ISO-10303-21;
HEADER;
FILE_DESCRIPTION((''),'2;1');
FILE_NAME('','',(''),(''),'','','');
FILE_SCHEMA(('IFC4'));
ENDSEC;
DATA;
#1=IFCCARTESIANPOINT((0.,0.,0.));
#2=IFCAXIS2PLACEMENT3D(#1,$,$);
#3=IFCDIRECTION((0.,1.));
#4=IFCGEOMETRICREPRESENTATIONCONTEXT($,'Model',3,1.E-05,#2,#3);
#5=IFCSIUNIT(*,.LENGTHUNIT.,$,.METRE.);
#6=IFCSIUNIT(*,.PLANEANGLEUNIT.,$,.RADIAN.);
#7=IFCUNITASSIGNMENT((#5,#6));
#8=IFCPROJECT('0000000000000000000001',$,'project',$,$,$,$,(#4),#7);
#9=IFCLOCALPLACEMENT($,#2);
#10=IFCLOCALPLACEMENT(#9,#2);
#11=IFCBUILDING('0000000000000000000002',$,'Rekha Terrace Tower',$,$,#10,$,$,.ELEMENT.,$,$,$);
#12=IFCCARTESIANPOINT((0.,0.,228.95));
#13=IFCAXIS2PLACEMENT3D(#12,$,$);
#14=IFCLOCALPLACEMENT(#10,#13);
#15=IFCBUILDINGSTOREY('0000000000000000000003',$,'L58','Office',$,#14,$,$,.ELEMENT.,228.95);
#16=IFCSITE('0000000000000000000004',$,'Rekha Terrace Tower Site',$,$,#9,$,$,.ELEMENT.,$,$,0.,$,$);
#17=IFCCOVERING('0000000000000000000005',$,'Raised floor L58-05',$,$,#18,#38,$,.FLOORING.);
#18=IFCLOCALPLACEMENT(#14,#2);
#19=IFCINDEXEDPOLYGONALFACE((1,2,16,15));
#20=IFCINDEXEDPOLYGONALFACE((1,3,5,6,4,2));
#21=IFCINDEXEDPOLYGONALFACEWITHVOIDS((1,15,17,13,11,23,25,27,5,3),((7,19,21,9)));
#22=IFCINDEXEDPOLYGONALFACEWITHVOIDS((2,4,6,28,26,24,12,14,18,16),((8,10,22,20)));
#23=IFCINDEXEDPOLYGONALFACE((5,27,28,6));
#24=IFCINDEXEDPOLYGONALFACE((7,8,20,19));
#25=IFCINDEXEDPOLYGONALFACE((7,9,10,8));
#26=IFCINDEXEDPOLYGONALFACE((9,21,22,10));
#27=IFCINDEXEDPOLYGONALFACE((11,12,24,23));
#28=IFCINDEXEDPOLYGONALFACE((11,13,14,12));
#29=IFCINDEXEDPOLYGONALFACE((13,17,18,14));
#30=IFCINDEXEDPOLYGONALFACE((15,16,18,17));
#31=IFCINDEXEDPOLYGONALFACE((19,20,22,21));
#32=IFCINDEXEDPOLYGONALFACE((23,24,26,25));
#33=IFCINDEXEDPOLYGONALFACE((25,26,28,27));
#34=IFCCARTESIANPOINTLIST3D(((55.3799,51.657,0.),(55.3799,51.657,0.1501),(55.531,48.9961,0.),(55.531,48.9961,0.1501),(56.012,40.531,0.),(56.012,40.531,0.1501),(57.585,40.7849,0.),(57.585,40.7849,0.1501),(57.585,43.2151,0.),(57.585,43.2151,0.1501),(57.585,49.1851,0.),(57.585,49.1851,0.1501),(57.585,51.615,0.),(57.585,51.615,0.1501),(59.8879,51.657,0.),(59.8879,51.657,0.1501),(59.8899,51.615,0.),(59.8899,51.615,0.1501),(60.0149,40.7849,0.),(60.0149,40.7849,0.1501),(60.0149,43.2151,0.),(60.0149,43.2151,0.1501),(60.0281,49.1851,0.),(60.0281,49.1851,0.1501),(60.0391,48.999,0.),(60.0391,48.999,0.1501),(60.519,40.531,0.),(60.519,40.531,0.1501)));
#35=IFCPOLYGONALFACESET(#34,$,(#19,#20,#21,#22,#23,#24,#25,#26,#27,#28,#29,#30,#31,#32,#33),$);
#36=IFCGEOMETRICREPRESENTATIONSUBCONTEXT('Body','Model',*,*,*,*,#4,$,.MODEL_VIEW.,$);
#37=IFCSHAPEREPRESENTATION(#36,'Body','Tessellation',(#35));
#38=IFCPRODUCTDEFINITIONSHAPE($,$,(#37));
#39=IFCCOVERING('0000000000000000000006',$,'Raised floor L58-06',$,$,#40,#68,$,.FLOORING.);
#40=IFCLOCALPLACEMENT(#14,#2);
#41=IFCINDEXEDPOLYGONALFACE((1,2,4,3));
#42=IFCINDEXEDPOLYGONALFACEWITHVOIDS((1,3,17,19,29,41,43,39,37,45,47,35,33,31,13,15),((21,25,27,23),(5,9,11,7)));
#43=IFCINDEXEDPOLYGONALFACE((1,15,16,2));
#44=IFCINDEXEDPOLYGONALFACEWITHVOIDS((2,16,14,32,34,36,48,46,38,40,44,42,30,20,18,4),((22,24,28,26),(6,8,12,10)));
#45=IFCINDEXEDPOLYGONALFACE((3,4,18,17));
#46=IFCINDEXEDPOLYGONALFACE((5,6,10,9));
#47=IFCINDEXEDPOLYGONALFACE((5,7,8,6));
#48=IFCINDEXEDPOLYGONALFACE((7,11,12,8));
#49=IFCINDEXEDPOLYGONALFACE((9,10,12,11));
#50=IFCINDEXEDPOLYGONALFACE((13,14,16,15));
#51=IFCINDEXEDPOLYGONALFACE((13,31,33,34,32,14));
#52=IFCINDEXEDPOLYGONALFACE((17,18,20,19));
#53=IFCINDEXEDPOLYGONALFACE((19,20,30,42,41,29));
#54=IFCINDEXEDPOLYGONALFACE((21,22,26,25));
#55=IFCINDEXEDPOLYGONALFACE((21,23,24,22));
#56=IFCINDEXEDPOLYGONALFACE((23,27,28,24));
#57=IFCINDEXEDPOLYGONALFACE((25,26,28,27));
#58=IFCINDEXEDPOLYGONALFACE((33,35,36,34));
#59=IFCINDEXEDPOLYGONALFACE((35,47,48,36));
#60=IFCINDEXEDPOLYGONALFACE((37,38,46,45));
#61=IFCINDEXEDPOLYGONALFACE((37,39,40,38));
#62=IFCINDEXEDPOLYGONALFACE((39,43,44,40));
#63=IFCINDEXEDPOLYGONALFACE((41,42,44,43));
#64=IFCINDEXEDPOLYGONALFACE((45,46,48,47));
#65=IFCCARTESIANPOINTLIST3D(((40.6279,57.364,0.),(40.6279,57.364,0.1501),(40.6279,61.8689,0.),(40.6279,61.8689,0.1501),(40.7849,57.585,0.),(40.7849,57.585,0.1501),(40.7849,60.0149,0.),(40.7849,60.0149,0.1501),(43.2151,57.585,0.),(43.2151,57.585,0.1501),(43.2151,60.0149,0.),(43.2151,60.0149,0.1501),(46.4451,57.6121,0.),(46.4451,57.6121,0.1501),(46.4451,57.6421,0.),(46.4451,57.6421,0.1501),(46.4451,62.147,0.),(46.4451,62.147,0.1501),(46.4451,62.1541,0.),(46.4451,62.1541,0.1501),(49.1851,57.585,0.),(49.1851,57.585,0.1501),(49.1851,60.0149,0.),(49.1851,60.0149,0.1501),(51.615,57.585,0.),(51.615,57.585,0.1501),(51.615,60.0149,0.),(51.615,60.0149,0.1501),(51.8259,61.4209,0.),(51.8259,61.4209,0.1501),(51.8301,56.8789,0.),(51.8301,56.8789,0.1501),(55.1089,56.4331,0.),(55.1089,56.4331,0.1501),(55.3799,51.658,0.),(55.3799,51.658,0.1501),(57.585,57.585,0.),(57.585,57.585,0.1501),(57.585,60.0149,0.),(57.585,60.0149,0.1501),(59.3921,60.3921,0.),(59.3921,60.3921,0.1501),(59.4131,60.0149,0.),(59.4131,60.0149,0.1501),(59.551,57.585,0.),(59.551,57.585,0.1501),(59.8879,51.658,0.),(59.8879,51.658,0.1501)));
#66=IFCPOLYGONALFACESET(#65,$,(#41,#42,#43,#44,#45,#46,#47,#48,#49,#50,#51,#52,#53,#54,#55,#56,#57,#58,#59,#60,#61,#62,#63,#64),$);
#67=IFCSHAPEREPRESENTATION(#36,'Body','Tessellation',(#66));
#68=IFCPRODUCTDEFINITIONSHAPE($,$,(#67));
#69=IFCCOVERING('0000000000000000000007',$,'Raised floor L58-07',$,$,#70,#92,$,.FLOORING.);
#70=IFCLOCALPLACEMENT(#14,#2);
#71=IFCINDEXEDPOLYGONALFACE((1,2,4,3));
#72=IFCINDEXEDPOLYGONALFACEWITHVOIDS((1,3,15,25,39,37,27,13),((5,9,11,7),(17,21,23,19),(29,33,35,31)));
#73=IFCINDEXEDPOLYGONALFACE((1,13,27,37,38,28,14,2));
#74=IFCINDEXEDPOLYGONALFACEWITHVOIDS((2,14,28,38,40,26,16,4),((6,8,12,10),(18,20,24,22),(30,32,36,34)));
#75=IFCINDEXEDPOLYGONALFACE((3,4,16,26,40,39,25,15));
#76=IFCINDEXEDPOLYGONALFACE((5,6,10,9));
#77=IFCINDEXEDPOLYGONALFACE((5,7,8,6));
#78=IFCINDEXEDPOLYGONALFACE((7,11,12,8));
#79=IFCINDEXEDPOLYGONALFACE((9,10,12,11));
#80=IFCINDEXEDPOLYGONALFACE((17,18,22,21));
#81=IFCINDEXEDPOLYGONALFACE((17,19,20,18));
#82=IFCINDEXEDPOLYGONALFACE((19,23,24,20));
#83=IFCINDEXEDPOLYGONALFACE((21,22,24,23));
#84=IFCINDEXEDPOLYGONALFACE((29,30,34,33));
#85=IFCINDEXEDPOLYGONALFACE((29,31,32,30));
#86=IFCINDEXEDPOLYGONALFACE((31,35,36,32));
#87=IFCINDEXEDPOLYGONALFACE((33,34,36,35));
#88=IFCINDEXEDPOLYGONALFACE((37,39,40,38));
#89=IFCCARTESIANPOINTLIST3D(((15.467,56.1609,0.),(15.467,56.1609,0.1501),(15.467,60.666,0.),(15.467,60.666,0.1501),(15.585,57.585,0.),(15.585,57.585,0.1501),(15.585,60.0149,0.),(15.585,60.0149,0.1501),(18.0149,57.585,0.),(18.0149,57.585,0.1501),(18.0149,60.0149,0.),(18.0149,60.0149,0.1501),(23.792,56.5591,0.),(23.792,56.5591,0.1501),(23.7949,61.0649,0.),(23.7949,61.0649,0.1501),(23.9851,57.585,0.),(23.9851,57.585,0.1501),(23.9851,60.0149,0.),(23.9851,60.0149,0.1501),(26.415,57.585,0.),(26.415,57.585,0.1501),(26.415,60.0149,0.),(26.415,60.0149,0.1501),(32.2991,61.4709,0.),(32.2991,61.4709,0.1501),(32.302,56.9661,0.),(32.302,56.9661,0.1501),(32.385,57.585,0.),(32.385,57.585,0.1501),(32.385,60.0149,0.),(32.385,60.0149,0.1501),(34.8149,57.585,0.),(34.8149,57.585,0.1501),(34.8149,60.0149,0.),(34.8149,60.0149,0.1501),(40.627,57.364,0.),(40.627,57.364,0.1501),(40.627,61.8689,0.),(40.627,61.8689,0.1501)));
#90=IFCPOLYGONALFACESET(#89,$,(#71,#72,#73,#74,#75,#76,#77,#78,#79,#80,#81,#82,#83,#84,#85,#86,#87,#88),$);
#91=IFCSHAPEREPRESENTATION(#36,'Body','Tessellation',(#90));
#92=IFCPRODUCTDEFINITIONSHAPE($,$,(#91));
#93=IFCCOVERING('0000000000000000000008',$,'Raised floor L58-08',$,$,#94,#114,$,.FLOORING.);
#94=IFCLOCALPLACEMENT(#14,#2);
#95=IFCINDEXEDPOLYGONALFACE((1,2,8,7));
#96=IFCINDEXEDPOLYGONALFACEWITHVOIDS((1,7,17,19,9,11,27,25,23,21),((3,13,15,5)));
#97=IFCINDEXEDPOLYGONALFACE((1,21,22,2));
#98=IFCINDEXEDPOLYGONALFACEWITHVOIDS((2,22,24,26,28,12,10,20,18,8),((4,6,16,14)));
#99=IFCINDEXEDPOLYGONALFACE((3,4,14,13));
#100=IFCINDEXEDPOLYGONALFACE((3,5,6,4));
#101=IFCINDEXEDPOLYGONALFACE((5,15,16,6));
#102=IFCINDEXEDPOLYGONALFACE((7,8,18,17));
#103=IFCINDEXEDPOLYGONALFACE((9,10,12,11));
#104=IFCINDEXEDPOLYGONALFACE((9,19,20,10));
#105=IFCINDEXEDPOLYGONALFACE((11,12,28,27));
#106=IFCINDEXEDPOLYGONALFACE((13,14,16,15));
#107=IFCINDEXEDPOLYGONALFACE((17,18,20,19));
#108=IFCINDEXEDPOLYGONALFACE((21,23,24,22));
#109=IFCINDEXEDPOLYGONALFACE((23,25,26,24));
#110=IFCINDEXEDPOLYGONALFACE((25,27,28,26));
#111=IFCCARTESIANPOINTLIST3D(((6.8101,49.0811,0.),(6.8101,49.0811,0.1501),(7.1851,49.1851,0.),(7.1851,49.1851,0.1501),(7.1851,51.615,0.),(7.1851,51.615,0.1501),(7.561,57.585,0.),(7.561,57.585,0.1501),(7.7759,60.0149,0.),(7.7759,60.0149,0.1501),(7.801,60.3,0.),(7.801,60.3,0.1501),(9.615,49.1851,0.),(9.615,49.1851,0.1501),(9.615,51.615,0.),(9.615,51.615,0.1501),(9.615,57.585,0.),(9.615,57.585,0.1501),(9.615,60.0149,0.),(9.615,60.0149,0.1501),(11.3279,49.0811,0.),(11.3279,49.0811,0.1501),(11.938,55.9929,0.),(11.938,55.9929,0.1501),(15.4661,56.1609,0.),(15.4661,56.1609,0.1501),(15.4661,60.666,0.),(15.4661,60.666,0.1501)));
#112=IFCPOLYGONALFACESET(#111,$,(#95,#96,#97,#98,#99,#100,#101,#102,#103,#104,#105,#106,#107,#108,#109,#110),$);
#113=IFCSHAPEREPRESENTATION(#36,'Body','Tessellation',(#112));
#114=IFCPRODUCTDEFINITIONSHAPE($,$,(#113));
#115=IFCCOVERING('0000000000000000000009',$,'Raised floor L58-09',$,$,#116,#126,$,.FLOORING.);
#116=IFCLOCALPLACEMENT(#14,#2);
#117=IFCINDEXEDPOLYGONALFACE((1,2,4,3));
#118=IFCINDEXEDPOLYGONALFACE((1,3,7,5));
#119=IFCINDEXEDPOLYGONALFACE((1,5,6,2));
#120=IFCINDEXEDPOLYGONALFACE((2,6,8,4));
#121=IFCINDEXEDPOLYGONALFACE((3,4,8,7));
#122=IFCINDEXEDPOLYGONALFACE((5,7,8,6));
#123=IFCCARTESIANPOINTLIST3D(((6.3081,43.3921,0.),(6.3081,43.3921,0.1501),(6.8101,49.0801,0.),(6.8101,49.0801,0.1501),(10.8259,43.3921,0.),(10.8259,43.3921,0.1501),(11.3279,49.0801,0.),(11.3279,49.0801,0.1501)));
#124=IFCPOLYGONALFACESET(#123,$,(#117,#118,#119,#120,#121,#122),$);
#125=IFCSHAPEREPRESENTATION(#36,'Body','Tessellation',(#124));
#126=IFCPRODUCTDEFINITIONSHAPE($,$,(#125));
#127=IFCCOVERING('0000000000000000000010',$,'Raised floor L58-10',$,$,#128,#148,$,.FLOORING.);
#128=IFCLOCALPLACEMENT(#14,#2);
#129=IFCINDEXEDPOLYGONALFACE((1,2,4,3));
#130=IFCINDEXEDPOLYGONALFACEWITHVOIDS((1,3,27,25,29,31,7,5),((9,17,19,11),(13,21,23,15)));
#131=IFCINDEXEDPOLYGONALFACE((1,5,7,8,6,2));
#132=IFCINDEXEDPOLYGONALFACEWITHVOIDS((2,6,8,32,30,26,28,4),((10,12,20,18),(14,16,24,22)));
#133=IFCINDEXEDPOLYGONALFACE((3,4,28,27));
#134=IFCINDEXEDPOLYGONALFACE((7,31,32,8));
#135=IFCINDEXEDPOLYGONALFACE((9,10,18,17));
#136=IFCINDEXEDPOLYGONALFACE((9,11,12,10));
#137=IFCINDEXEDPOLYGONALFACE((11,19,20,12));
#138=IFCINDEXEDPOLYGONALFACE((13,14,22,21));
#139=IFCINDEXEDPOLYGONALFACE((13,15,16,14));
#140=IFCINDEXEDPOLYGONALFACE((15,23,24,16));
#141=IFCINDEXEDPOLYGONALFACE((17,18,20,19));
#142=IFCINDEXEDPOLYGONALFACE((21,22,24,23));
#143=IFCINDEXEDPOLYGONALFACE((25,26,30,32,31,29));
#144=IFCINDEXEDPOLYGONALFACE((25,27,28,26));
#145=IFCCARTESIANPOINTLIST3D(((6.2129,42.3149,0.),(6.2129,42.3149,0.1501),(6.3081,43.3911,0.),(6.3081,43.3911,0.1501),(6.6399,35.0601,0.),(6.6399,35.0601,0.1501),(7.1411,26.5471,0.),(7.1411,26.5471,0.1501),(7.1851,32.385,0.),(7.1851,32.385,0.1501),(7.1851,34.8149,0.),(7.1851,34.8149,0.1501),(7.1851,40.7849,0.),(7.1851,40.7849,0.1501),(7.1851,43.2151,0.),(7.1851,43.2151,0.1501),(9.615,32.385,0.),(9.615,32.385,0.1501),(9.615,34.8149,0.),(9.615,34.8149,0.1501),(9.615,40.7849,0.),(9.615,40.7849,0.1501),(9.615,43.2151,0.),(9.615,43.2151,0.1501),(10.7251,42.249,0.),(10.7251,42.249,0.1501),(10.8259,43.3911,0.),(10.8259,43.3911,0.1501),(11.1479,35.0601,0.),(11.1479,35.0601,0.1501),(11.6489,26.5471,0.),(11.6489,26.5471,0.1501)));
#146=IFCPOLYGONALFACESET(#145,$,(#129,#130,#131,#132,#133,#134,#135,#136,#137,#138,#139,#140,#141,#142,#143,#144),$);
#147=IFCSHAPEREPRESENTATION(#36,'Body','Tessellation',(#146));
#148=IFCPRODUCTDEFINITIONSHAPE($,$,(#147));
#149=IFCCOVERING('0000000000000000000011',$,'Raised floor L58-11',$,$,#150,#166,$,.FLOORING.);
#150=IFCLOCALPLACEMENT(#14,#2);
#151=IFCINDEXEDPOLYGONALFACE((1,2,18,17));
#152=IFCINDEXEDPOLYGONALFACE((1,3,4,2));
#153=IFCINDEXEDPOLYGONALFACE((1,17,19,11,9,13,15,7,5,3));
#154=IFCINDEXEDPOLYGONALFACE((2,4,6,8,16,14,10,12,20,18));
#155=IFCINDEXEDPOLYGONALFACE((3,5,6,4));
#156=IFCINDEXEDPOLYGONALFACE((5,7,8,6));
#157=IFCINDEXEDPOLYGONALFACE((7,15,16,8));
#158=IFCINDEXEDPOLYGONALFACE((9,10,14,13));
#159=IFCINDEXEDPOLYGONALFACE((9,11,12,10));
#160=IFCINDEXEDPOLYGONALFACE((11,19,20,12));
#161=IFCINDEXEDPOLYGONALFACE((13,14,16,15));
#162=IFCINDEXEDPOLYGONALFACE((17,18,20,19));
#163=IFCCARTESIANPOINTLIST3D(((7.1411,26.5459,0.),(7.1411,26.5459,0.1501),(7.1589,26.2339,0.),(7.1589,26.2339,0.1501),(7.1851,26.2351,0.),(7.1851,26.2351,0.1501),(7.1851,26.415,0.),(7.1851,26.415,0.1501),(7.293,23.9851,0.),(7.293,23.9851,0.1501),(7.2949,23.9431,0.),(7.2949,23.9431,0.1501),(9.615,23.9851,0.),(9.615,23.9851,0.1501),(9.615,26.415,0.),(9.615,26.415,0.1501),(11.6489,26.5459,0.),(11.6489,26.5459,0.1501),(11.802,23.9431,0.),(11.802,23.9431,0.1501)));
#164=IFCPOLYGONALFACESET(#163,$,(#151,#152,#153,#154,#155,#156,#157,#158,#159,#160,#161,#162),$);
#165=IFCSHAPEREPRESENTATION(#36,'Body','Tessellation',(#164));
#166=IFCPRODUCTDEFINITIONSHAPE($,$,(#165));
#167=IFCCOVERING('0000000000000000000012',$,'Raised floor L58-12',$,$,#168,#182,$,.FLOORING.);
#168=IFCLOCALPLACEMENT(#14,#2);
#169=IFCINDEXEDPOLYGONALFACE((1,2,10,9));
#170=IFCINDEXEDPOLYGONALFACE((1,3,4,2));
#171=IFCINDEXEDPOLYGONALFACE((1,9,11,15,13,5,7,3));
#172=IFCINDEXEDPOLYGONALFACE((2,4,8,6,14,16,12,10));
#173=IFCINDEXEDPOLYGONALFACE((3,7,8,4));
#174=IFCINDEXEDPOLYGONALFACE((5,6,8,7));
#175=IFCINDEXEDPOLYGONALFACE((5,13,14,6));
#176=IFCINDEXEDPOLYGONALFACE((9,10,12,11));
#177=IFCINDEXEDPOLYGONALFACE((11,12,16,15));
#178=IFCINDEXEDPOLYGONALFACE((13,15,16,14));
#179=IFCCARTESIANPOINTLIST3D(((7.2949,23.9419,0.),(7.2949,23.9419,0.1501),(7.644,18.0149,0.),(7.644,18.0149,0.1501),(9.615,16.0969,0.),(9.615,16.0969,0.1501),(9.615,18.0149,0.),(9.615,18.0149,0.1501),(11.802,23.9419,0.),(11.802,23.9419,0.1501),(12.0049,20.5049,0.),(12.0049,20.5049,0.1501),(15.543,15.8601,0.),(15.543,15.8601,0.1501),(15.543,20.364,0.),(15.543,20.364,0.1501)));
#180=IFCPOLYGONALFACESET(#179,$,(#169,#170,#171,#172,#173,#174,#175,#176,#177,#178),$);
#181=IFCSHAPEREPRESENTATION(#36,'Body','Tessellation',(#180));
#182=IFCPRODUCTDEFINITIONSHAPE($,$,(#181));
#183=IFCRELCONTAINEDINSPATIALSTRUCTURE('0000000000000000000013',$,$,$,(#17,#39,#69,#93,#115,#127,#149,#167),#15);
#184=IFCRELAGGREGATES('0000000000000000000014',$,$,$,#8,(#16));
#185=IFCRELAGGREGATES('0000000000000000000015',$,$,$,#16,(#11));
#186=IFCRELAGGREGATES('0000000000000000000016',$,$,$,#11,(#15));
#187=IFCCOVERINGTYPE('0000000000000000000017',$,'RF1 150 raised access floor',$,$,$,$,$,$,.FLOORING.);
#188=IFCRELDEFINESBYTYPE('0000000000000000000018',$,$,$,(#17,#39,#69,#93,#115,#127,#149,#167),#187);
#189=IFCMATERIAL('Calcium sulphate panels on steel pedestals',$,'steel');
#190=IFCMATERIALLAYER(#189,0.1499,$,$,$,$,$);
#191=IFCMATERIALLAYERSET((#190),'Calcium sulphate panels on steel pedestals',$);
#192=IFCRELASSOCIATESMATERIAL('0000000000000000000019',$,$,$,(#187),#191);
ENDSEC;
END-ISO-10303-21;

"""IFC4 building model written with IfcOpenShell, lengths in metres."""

from ifc_helpers import new_model, si_unit, direction, frame, origin, place, context, subcontext, project, spatial, polyline, outline, extrude, material, layer, layer_set, type_object, element, save


model = new_model("IFC4")

# Units and contexts
model_context = context("Model", 3, precision=1e-05, world=origin(), true_north=direction((0.0, 1.0)))
body_context = subcontext(model_context, "Body", "Model", "MODEL_VIEW")
ifc_project = project(units=[si_unit("LENGTHUNIT", "METRE"), si_unit("PLANEANGLEUNIT", "RADIAN")], contexts=[model_context])

# Site, building, storey
site_placement = place(None, origin())
site = spatial("IfcSite", under=ifc_project, at=site_placement, Name="Rekha Terrace Tower Site", CompositionType="ELEMENT", RefElevation=0.0)
building_placement = place(site_placement, origin())
building = spatial("IfcBuilding", under=site, at=building_placement, Name="Rekha Terrace Tower", CompositionType="ELEMENT")
storey_placement = place(building_placement, frame((0.0, 0.0, 228.95)))
storey = spatial("IfcBuildingStorey", under=building, at=storey_placement, Name="L58", Description="Office", CompositionType="ELEMENT", Elevation=228.95)

# Coverings
ifc_material_1 = material(Name="Calcium sulphate panels on steel pedestals", Category="steel")
ifc_layer_1 = layer(ifc_material_1, 0.1499)
ifc_layer_set_1 = layer_set([ifc_layer_1], Name="Calcium sulphate panels on steel pedestals")
covering_type_1 = type_object("IfcCoveringType", Name="RF1 150 raised access floor", PredefinedType="FLOORING", material=ifc_layer_set_1)
covering_1_placement = place(storey_placement, origin())
element("IfcCovering", 1, at=covering_1_placement, inside=storey, type_object=covering_type_1, Name="Raised floor L58-05", PredefinedType="FLOORING", context=body_context, shape_type="SweptSolid", body=[
    extrude(outline(polyline([(59.8899, 51.615), (59.8879, 51.657), (55.3799, 51.657), (55.531, 48.9961), (56.012, 40.531), (60.519, 40.531), (60.0391, 48.999), (60.0281, 49.1851), (57.585, 49.1851), (57.585, 51.615), (59.8899, 51.615)]), holes=[polyline([(60.0149, 40.7849), (57.585, 40.7849), (57.585, 43.2151), (60.0149, 43.2151), (60.0149, 40.7849)])]), origin(), (0.0, 0.0, 1.0), 0.1501),
])
covering_2_placement = place(storey_placement, origin())
element("IfcCovering", 2, at=covering_2_placement, inside=storey, type_object=covering_type_1, Name="Raised floor L58-06", PredefinedType="FLOORING", context=body_context, shape_type="SweptSolid", body=[
    extrude(outline(polyline([(40.6279, 61.8689), (40.6279, 57.364), (46.4451, 57.6421), (46.4451, 57.6121), (51.8301, 56.8789), (55.1089, 56.4331), (55.3799, 51.658), (59.8879, 51.658), (59.551, 57.585), (57.585, 57.585), (57.585, 60.0149), (59.4131, 60.0149), (59.3921, 60.3921), (51.8259, 61.4209), (46.4451, 62.1541), (46.4451, 62.147), (40.6279, 61.8689)]), holes=[polyline([(51.615, 57.585), (49.1851, 57.585), (49.1851, 60.0149), (51.615, 60.0149), (51.615, 57.585)]), polyline([(43.2151, 60.0149), (43.2151, 57.585), (40.7849, 57.585), (40.7849, 60.0149), (43.2151, 60.0149)])]), origin(), (0.0, 0.0, 1.0), 0.1501),
])
covering_3_placement = place(storey_placement, origin())
element("IfcCovering", 3, at=covering_3_placement, inside=storey, type_object=covering_type_1, Name="Raised floor L58-07", PredefinedType="FLOORING", context=body_context, shape_type="SweptSolid", body=[
    extrude(outline(polyline([(32.2991, 61.4709), (23.7949, 61.0649), (15.467, 60.666), (15.467, 56.1609), (23.792, 56.5591), (32.302, 56.9661), (40.627, 57.364), (40.627, 61.8689), (32.2991, 61.4709)]), holes=[polyline([(34.8149, 57.585), (32.385, 57.585), (32.385, 60.0149), (34.8149, 60.0149), (34.8149, 57.585)]), polyline([(26.415, 57.585), (23.9851, 57.585), (23.9851, 60.0149), (26.415, 60.0149), (26.415, 57.585)]), polyline([(18.0149, 60.0149), (18.0149, 57.585), (15.585, 57.585), (15.585, 60.0149), (18.0149, 60.0149)])]), origin(), (0.0, 0.0, 1.0), 0.1501),
])
covering_4_placement = place(storey_placement, origin())
element("IfcCovering", 4, at=covering_4_placement, inside=storey, type_object=covering_type_1, Name="Raised floor L58-08", PredefinedType="FLOORING", context=body_context, shape_type="SweptSolid", body=[
    extrude(outline(polyline([(7.561, 57.585), (6.8101, 49.0811), (11.3279, 49.0811), (11.938, 55.9929), (15.4661, 56.1609), (15.4661, 60.666), (7.801, 60.3), (7.7759, 60.0149), (9.615, 60.0149), (9.615, 57.585), (7.561, 57.585)]), holes=[polyline([(9.615, 49.1851), (7.1851, 49.1851), (7.1851, 51.615), (9.615, 51.615), (9.615, 49.1851)])]), origin(), (0.0, 0.0, 1.0), 0.1501),
])
covering_5_placement = place(storey_placement, origin())
element("IfcCovering", 5, at=covering_5_placement, inside=storey, type_object=covering_type_1, Name="Raised floor L58-09", PredefinedType="FLOORING", context=body_context, shape_type="SweptSolid", body=[
    extrude(outline(polyline([(11.3279, 49.0801), (6.8101, 49.0801), (6.3081, 43.3921), (10.8259, 43.3921), (11.3279, 49.0801)])), origin(), (0.0, 0.0, 1.0), 0.1501),
])
covering_6_placement = place(storey_placement, origin())
element("IfcCovering", 6, at=covering_6_placement, inside=storey, type_object=covering_type_1, Name="Raised floor L58-10", PredefinedType="FLOORING", context=body_context, shape_type="SweptSolid", body=[
    extrude(outline(polyline([(10.8259, 43.3911), (6.3081, 43.3911), (6.2129, 42.3149), (6.6399, 35.0601), (7.1411, 26.5471), (11.6489, 26.5471), (11.1479, 35.0601), (10.7251, 42.249), (10.8259, 43.3911)]), holes=[polyline([(9.615, 34.8149), (9.615, 32.385), (7.1851, 32.385), (7.1851, 34.8149), (9.615, 34.8149)]), polyline([(9.615, 40.7849), (7.1851, 40.7849), (7.1851, 43.2151), (9.615, 43.2151), (9.615, 40.7849)])]), origin(), (0.0, 0.0, 1.0), 0.1501),
])
covering_7_placement = place(storey_placement, origin())
element("IfcCovering", 7, at=covering_7_placement, inside=storey, type_object=covering_type_1, Name="Raised floor L58-11", PredefinedType="FLOORING", context=body_context, shape_type="SweptSolid", body=[
    extrude(outline(polyline([(9.615, 23.9851), (7.293, 23.9851), (7.2949, 23.9431), (11.802, 23.9431), (11.6489, 26.5459), (7.1411, 26.5459), (7.1589, 26.2339), (7.1851, 26.2351), (7.1851, 26.415), (9.615, 26.415), (9.615, 23.9851)])), origin(), (0.0, 0.0, 1.0), 0.1501),
])
covering_8_placement = place(storey_placement, origin())
element("IfcCovering", 8, at=covering_8_placement, inside=storey, type_object=covering_type_1, Name="Raised floor L58-12", PredefinedType="FLOORING", context=body_context, shape_type="SweptSolid", body=[
    extrude(outline(polyline([(9.615, 16.0969), (15.543, 15.8601), (15.543, 20.364), (12.0049, 20.5049), (11.802, 23.9419), (7.2949, 23.9419), (7.644, 18.0149), (9.615, 18.0149), (9.615, 16.0969)])), origin(), (0.0, 0.0, 1.0), 0.1501),
])

save(model, "model.ifc")
